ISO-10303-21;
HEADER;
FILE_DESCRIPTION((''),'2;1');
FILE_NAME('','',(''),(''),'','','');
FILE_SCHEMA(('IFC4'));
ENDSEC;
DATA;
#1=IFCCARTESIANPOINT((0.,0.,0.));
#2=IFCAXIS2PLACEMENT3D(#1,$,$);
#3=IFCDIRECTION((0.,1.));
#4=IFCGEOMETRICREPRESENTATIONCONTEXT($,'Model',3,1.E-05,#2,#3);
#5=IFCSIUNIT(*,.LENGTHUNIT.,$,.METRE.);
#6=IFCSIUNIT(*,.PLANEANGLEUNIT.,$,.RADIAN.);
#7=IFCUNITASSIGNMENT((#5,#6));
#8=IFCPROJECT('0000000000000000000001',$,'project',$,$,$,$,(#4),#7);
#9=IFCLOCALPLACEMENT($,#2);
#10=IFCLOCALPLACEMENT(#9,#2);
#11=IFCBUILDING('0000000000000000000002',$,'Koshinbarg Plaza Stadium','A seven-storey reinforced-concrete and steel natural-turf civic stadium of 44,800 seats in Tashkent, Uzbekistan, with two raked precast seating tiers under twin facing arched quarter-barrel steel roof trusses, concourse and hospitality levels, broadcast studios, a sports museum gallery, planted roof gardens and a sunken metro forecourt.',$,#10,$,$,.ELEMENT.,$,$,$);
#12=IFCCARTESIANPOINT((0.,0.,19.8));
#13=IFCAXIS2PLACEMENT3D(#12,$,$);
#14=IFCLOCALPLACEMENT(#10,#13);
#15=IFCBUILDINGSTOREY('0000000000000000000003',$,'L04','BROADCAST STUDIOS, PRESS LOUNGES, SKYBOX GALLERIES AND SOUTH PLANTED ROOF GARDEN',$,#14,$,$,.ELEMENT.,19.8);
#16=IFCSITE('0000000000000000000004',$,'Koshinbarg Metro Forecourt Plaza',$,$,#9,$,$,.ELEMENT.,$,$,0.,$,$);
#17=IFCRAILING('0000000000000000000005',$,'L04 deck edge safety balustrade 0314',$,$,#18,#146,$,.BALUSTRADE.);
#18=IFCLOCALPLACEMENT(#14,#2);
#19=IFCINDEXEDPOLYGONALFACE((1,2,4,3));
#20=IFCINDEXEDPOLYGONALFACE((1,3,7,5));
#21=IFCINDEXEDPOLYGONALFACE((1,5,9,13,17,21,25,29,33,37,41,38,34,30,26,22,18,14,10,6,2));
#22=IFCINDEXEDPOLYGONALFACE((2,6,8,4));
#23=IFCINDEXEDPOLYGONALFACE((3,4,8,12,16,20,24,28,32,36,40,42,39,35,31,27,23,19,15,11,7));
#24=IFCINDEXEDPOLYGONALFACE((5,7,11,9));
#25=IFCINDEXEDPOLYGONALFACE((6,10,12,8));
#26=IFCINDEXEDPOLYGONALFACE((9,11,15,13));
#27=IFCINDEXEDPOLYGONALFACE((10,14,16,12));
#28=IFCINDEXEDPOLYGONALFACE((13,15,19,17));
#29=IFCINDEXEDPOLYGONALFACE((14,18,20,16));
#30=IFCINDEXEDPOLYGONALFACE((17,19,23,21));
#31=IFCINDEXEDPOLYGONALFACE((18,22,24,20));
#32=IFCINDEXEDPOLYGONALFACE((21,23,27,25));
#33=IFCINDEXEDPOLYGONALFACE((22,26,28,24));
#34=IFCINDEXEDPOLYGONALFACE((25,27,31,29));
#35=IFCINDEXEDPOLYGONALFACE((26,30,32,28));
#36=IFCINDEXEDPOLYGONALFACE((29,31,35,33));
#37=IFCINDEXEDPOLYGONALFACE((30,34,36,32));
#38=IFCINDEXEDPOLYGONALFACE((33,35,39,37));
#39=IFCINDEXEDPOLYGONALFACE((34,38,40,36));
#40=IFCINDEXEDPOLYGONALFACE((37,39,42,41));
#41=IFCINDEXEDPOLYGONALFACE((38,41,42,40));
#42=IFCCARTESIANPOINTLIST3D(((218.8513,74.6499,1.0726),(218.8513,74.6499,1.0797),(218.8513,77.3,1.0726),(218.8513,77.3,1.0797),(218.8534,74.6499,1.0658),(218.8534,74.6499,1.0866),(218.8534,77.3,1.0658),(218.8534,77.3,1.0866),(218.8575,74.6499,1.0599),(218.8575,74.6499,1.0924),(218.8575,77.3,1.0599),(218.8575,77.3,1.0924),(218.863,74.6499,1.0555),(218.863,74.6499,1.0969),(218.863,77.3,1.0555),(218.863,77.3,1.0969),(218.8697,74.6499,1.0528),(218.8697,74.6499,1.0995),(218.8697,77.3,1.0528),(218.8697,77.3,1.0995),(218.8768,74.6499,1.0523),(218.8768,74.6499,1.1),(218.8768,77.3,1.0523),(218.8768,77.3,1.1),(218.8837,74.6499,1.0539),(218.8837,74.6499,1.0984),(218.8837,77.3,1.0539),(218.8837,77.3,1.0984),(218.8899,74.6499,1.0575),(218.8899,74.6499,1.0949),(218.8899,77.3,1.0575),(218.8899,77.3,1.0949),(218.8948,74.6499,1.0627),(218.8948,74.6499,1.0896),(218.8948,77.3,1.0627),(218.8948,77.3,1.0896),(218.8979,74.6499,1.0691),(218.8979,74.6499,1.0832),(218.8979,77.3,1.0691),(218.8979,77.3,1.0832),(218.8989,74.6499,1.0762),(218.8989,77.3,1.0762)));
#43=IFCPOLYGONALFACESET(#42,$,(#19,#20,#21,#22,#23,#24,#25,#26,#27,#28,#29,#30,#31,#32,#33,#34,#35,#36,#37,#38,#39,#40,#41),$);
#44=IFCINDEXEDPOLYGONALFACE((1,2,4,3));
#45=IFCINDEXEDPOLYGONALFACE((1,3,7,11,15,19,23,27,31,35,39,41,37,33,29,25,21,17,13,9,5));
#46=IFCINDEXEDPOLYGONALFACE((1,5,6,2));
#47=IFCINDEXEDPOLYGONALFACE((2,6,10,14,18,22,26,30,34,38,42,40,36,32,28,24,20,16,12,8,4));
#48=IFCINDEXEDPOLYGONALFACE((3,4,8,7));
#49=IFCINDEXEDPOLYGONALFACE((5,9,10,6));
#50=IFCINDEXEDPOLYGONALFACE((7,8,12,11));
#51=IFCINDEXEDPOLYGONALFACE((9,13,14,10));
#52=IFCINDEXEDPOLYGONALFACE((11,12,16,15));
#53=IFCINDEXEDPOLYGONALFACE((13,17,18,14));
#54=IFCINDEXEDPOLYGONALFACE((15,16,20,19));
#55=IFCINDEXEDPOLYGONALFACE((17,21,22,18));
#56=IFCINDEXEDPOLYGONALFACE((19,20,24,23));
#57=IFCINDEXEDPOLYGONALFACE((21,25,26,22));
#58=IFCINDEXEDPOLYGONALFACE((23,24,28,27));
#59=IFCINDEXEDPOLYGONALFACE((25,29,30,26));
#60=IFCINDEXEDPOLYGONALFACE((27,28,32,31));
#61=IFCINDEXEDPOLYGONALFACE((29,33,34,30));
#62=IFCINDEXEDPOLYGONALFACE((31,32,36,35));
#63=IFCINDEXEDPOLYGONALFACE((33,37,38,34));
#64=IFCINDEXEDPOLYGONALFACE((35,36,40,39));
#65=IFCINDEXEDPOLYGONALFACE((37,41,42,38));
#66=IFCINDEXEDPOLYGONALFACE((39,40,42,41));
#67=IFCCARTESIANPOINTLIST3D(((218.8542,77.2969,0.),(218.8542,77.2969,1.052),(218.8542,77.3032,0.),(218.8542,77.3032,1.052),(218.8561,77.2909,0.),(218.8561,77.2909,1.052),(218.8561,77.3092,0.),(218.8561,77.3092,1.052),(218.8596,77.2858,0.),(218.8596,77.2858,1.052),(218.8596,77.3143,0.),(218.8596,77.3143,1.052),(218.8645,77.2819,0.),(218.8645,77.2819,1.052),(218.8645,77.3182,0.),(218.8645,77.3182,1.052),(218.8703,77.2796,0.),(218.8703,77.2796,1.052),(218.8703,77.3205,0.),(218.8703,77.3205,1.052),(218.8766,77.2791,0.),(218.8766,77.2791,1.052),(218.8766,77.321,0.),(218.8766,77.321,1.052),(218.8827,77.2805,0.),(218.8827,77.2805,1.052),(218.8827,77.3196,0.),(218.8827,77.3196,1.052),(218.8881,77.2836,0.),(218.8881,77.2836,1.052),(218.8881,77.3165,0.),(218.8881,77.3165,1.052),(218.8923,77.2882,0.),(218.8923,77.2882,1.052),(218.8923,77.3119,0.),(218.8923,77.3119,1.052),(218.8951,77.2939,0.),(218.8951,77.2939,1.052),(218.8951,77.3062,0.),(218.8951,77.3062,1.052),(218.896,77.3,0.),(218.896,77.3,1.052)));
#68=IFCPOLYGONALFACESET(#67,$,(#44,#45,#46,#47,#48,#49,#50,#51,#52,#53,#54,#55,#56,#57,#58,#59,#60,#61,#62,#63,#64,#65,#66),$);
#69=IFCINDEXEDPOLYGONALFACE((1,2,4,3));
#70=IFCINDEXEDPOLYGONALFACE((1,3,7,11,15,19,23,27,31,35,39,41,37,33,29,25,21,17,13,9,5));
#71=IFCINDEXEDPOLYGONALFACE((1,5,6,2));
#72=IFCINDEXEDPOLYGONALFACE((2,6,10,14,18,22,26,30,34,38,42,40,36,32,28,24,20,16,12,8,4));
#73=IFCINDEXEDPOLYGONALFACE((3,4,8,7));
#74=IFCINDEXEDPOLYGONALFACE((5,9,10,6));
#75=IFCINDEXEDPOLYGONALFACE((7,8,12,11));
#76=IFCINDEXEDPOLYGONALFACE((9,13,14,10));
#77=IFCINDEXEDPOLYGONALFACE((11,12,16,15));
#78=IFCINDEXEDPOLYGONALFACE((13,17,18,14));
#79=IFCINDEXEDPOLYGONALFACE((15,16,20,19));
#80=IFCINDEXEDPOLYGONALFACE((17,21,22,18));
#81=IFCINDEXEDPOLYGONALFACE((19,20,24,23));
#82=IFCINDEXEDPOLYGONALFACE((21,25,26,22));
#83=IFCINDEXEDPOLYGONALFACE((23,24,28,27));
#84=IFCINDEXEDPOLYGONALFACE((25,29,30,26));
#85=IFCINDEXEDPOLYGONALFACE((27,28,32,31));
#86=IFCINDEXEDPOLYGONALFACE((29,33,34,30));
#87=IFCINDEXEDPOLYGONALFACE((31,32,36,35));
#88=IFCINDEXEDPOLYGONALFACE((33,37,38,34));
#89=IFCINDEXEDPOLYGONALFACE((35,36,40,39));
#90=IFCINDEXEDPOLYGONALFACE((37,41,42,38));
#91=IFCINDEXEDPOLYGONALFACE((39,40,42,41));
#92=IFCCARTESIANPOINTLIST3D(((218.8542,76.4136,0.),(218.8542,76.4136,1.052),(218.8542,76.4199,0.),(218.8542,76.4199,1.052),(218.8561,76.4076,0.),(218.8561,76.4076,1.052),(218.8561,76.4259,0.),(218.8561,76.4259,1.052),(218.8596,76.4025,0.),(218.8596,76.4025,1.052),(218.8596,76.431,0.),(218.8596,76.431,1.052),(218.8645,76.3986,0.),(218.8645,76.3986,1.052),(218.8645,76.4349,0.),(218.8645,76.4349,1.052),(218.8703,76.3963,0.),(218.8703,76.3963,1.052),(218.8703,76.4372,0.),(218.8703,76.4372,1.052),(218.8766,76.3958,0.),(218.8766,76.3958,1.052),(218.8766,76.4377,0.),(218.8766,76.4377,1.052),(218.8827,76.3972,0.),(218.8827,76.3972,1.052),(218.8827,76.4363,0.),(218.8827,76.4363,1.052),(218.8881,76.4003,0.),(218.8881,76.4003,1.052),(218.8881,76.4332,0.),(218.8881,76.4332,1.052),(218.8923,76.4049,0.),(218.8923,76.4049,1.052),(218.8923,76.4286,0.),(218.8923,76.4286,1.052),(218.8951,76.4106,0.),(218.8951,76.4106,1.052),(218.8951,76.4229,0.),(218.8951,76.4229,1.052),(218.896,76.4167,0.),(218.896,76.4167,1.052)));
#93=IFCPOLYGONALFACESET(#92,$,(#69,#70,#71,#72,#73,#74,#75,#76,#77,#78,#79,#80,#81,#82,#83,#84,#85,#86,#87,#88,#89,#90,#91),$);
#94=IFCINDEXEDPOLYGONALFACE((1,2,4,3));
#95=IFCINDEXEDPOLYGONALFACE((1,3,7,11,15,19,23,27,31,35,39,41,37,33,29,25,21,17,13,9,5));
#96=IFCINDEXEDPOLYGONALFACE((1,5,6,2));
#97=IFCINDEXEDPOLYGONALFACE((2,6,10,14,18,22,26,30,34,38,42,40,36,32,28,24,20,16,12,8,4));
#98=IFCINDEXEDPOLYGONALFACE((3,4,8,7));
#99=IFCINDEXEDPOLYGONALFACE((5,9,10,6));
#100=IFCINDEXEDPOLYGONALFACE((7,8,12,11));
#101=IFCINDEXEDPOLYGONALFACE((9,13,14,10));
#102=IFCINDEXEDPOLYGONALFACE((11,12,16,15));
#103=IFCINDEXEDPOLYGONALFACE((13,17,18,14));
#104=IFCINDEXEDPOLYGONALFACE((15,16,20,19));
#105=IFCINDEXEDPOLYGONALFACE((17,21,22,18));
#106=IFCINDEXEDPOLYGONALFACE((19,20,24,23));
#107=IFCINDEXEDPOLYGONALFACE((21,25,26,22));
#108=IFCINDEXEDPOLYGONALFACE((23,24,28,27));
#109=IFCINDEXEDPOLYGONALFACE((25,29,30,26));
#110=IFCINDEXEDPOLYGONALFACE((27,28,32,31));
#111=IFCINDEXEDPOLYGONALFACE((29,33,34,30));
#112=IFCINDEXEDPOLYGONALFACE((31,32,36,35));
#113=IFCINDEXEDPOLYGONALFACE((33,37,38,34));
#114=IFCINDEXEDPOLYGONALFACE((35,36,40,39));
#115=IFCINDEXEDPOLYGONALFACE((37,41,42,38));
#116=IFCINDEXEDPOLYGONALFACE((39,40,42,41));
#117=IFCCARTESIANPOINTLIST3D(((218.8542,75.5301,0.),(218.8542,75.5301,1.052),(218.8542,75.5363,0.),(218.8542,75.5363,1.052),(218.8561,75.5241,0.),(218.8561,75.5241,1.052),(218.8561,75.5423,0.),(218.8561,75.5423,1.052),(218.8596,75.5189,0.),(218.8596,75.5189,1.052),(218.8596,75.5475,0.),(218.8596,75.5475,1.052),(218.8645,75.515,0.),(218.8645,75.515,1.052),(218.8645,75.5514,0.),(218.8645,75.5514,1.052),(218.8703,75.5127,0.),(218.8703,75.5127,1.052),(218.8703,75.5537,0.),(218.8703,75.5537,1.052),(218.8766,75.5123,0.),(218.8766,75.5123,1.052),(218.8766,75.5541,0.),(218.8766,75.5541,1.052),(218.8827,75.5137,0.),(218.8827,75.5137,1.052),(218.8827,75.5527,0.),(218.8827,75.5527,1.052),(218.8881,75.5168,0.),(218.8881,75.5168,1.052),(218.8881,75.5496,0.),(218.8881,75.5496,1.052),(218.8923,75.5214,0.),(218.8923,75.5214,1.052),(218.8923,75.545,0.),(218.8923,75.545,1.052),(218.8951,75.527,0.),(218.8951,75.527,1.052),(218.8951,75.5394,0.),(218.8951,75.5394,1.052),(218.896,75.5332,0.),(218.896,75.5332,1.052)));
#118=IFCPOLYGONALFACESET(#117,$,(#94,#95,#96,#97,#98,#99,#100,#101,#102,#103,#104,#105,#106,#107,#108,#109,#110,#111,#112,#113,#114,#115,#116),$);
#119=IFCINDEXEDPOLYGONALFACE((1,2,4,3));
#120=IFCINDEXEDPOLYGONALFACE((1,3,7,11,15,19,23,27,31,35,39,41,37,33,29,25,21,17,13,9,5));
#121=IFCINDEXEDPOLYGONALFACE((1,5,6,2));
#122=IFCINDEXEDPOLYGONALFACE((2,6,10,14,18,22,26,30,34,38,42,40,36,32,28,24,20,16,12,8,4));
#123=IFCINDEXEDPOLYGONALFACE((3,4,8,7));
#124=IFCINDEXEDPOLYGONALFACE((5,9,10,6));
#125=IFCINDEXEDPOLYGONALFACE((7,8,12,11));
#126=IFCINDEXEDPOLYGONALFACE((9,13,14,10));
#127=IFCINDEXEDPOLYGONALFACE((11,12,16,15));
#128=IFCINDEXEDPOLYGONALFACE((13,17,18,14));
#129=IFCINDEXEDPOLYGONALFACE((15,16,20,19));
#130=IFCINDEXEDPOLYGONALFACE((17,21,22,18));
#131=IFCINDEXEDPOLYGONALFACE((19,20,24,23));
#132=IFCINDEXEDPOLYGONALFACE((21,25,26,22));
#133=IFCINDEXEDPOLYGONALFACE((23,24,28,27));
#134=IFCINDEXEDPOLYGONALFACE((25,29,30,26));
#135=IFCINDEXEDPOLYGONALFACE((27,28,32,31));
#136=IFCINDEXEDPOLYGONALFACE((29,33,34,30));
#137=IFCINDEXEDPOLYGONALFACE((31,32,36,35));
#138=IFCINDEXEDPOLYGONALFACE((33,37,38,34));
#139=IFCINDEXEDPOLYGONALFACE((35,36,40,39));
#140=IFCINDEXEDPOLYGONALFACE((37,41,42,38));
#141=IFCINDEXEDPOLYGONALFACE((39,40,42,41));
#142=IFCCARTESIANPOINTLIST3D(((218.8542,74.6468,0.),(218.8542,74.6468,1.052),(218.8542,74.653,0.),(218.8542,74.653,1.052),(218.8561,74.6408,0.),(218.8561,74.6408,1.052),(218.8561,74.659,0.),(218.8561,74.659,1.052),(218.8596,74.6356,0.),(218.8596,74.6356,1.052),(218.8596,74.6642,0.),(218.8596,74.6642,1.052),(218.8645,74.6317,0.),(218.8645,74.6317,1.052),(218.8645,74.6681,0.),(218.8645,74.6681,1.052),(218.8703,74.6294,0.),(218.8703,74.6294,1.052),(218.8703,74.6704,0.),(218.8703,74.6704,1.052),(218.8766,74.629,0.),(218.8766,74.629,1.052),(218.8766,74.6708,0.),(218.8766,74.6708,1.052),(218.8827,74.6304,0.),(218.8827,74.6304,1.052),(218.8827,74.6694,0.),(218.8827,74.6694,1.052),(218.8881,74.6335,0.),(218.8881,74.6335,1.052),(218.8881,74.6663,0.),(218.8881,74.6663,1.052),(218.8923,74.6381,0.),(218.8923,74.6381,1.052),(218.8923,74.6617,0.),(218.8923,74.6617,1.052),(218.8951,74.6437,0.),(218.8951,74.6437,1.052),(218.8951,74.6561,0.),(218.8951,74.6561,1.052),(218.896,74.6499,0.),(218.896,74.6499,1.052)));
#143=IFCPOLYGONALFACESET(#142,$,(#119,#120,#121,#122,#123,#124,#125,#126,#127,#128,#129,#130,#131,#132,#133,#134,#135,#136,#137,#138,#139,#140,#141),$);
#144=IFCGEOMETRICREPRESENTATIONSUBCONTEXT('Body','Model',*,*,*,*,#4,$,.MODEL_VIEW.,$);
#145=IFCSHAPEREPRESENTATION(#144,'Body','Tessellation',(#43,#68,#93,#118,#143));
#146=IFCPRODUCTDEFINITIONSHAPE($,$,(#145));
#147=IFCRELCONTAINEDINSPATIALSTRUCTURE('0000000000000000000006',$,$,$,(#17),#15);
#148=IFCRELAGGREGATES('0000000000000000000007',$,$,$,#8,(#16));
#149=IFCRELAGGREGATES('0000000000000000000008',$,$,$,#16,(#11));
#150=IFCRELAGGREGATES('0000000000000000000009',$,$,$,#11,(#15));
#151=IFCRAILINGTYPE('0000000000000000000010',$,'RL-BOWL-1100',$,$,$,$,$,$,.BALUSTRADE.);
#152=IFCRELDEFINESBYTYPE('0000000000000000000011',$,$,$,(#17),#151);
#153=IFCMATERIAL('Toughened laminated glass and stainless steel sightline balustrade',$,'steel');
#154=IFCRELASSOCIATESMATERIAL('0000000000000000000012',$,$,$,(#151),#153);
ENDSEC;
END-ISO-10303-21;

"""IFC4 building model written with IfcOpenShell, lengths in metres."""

from ifc_helpers import new_model, si_unit, direction, frame, origin, origin_2d, place, context, subcontext, project, spatial, circle, extrude, material, type_object, element, save


model = new_model("IFC4")

# Units and contexts
model_context = context("Model", 3, precision=1e-05, world=origin(), true_north=direction((0.0, 1.0)))
body_context = subcontext(model_context, "Body", "Model", "MODEL_VIEW")
ifc_project = project(units=[si_unit("LENGTHUNIT", "METRE"), si_unit("PLANEANGLEUNIT", "RADIAN")], contexts=[model_context])

# Site, building, storey
site_placement = place(None, origin())
site = spatial("IfcSite", under=ifc_project, at=site_placement, Name="Koshinbarg Metro Forecourt Plaza", CompositionType="ELEMENT", RefElevation=0.0)
building_placement = place(site_placement, origin())
building = spatial("IfcBuilding", under=site, at=building_placement, Name="Koshinbarg Plaza Stadium", Description="A seven-storey reinforced-concrete and steel natural-turf civic stadium of 44,800 seats in Tashkent, Uzbekistan, with two raked precast seating tiers under twin facing arched quarter-barrel steel roof trusses, concourse and hospitality levels, broadcast studios, a sports museum gallery, planted roof gardens and a sunken metro forecourt.", CompositionType="ELEMENT")
storey_placement = place(building_placement, frame((0.0, 0.0, 19.8)))
storey = spatial("IfcBuildingStorey", under=building, at=storey_placement, Name="L04", Description="BROADCAST STUDIOS, PRESS LOUNGES, SKYBOX GALLERIES AND SOUTH PLANTED ROOF GARDEN", CompositionType="ELEMENT", Elevation=19.8)

# Railing
ifc_material_1 = material(Name="Toughened laminated glass and stainless steel sightline balustrade", Category="steel")
railing_type = type_object("IfcRailingType", Name="RL-BOWL-1100", PredefinedType="BALUSTRADE", material=ifc_material_1)
railing_1_placement = place(storey_placement, frame((218.875, 77.3, 0.0)))
element("IfcRailing", 1, at=railing_1_placement, inside=storey, type_object=railing_type, Name="L04 deck edge safety balustrade 0314", PredefinedType="BALUSTRADE", context=body_context, shape_type="SweptSolid", body=[
    extrude(circle(Radius=0.0239, at=origin_2d()), frame((0.0, 0.0, 1.0762), z_axis=(0.0, -1.0, 0.0), x_axis=(1.0, 0.0, 0.0)), (0.0, 0.0, 1.0), 2.6501),
    extrude(circle(Radius=0.021, at=origin_2d()), origin(), (0.0, 0.0, 1.0), 1.052),
    extrude(circle(Radius=0.021, at=origin_2d()), frame((0.0, -0.8833, 0.0)), (0.0, 0.0, 1.0), 1.052),
    extrude(circle(Radius=0.021, at=origin_2d()), frame((0.0, -1.7668, 0.0)), (0.0, 0.0, 1.0), 1.052),
    extrude(circle(Radius=0.021, at=origin_2d()), frame((0.0, -2.6501, 0.0)), (0.0, 0.0, 1.0), 1.052),
])

save(model, "model.ifc")
